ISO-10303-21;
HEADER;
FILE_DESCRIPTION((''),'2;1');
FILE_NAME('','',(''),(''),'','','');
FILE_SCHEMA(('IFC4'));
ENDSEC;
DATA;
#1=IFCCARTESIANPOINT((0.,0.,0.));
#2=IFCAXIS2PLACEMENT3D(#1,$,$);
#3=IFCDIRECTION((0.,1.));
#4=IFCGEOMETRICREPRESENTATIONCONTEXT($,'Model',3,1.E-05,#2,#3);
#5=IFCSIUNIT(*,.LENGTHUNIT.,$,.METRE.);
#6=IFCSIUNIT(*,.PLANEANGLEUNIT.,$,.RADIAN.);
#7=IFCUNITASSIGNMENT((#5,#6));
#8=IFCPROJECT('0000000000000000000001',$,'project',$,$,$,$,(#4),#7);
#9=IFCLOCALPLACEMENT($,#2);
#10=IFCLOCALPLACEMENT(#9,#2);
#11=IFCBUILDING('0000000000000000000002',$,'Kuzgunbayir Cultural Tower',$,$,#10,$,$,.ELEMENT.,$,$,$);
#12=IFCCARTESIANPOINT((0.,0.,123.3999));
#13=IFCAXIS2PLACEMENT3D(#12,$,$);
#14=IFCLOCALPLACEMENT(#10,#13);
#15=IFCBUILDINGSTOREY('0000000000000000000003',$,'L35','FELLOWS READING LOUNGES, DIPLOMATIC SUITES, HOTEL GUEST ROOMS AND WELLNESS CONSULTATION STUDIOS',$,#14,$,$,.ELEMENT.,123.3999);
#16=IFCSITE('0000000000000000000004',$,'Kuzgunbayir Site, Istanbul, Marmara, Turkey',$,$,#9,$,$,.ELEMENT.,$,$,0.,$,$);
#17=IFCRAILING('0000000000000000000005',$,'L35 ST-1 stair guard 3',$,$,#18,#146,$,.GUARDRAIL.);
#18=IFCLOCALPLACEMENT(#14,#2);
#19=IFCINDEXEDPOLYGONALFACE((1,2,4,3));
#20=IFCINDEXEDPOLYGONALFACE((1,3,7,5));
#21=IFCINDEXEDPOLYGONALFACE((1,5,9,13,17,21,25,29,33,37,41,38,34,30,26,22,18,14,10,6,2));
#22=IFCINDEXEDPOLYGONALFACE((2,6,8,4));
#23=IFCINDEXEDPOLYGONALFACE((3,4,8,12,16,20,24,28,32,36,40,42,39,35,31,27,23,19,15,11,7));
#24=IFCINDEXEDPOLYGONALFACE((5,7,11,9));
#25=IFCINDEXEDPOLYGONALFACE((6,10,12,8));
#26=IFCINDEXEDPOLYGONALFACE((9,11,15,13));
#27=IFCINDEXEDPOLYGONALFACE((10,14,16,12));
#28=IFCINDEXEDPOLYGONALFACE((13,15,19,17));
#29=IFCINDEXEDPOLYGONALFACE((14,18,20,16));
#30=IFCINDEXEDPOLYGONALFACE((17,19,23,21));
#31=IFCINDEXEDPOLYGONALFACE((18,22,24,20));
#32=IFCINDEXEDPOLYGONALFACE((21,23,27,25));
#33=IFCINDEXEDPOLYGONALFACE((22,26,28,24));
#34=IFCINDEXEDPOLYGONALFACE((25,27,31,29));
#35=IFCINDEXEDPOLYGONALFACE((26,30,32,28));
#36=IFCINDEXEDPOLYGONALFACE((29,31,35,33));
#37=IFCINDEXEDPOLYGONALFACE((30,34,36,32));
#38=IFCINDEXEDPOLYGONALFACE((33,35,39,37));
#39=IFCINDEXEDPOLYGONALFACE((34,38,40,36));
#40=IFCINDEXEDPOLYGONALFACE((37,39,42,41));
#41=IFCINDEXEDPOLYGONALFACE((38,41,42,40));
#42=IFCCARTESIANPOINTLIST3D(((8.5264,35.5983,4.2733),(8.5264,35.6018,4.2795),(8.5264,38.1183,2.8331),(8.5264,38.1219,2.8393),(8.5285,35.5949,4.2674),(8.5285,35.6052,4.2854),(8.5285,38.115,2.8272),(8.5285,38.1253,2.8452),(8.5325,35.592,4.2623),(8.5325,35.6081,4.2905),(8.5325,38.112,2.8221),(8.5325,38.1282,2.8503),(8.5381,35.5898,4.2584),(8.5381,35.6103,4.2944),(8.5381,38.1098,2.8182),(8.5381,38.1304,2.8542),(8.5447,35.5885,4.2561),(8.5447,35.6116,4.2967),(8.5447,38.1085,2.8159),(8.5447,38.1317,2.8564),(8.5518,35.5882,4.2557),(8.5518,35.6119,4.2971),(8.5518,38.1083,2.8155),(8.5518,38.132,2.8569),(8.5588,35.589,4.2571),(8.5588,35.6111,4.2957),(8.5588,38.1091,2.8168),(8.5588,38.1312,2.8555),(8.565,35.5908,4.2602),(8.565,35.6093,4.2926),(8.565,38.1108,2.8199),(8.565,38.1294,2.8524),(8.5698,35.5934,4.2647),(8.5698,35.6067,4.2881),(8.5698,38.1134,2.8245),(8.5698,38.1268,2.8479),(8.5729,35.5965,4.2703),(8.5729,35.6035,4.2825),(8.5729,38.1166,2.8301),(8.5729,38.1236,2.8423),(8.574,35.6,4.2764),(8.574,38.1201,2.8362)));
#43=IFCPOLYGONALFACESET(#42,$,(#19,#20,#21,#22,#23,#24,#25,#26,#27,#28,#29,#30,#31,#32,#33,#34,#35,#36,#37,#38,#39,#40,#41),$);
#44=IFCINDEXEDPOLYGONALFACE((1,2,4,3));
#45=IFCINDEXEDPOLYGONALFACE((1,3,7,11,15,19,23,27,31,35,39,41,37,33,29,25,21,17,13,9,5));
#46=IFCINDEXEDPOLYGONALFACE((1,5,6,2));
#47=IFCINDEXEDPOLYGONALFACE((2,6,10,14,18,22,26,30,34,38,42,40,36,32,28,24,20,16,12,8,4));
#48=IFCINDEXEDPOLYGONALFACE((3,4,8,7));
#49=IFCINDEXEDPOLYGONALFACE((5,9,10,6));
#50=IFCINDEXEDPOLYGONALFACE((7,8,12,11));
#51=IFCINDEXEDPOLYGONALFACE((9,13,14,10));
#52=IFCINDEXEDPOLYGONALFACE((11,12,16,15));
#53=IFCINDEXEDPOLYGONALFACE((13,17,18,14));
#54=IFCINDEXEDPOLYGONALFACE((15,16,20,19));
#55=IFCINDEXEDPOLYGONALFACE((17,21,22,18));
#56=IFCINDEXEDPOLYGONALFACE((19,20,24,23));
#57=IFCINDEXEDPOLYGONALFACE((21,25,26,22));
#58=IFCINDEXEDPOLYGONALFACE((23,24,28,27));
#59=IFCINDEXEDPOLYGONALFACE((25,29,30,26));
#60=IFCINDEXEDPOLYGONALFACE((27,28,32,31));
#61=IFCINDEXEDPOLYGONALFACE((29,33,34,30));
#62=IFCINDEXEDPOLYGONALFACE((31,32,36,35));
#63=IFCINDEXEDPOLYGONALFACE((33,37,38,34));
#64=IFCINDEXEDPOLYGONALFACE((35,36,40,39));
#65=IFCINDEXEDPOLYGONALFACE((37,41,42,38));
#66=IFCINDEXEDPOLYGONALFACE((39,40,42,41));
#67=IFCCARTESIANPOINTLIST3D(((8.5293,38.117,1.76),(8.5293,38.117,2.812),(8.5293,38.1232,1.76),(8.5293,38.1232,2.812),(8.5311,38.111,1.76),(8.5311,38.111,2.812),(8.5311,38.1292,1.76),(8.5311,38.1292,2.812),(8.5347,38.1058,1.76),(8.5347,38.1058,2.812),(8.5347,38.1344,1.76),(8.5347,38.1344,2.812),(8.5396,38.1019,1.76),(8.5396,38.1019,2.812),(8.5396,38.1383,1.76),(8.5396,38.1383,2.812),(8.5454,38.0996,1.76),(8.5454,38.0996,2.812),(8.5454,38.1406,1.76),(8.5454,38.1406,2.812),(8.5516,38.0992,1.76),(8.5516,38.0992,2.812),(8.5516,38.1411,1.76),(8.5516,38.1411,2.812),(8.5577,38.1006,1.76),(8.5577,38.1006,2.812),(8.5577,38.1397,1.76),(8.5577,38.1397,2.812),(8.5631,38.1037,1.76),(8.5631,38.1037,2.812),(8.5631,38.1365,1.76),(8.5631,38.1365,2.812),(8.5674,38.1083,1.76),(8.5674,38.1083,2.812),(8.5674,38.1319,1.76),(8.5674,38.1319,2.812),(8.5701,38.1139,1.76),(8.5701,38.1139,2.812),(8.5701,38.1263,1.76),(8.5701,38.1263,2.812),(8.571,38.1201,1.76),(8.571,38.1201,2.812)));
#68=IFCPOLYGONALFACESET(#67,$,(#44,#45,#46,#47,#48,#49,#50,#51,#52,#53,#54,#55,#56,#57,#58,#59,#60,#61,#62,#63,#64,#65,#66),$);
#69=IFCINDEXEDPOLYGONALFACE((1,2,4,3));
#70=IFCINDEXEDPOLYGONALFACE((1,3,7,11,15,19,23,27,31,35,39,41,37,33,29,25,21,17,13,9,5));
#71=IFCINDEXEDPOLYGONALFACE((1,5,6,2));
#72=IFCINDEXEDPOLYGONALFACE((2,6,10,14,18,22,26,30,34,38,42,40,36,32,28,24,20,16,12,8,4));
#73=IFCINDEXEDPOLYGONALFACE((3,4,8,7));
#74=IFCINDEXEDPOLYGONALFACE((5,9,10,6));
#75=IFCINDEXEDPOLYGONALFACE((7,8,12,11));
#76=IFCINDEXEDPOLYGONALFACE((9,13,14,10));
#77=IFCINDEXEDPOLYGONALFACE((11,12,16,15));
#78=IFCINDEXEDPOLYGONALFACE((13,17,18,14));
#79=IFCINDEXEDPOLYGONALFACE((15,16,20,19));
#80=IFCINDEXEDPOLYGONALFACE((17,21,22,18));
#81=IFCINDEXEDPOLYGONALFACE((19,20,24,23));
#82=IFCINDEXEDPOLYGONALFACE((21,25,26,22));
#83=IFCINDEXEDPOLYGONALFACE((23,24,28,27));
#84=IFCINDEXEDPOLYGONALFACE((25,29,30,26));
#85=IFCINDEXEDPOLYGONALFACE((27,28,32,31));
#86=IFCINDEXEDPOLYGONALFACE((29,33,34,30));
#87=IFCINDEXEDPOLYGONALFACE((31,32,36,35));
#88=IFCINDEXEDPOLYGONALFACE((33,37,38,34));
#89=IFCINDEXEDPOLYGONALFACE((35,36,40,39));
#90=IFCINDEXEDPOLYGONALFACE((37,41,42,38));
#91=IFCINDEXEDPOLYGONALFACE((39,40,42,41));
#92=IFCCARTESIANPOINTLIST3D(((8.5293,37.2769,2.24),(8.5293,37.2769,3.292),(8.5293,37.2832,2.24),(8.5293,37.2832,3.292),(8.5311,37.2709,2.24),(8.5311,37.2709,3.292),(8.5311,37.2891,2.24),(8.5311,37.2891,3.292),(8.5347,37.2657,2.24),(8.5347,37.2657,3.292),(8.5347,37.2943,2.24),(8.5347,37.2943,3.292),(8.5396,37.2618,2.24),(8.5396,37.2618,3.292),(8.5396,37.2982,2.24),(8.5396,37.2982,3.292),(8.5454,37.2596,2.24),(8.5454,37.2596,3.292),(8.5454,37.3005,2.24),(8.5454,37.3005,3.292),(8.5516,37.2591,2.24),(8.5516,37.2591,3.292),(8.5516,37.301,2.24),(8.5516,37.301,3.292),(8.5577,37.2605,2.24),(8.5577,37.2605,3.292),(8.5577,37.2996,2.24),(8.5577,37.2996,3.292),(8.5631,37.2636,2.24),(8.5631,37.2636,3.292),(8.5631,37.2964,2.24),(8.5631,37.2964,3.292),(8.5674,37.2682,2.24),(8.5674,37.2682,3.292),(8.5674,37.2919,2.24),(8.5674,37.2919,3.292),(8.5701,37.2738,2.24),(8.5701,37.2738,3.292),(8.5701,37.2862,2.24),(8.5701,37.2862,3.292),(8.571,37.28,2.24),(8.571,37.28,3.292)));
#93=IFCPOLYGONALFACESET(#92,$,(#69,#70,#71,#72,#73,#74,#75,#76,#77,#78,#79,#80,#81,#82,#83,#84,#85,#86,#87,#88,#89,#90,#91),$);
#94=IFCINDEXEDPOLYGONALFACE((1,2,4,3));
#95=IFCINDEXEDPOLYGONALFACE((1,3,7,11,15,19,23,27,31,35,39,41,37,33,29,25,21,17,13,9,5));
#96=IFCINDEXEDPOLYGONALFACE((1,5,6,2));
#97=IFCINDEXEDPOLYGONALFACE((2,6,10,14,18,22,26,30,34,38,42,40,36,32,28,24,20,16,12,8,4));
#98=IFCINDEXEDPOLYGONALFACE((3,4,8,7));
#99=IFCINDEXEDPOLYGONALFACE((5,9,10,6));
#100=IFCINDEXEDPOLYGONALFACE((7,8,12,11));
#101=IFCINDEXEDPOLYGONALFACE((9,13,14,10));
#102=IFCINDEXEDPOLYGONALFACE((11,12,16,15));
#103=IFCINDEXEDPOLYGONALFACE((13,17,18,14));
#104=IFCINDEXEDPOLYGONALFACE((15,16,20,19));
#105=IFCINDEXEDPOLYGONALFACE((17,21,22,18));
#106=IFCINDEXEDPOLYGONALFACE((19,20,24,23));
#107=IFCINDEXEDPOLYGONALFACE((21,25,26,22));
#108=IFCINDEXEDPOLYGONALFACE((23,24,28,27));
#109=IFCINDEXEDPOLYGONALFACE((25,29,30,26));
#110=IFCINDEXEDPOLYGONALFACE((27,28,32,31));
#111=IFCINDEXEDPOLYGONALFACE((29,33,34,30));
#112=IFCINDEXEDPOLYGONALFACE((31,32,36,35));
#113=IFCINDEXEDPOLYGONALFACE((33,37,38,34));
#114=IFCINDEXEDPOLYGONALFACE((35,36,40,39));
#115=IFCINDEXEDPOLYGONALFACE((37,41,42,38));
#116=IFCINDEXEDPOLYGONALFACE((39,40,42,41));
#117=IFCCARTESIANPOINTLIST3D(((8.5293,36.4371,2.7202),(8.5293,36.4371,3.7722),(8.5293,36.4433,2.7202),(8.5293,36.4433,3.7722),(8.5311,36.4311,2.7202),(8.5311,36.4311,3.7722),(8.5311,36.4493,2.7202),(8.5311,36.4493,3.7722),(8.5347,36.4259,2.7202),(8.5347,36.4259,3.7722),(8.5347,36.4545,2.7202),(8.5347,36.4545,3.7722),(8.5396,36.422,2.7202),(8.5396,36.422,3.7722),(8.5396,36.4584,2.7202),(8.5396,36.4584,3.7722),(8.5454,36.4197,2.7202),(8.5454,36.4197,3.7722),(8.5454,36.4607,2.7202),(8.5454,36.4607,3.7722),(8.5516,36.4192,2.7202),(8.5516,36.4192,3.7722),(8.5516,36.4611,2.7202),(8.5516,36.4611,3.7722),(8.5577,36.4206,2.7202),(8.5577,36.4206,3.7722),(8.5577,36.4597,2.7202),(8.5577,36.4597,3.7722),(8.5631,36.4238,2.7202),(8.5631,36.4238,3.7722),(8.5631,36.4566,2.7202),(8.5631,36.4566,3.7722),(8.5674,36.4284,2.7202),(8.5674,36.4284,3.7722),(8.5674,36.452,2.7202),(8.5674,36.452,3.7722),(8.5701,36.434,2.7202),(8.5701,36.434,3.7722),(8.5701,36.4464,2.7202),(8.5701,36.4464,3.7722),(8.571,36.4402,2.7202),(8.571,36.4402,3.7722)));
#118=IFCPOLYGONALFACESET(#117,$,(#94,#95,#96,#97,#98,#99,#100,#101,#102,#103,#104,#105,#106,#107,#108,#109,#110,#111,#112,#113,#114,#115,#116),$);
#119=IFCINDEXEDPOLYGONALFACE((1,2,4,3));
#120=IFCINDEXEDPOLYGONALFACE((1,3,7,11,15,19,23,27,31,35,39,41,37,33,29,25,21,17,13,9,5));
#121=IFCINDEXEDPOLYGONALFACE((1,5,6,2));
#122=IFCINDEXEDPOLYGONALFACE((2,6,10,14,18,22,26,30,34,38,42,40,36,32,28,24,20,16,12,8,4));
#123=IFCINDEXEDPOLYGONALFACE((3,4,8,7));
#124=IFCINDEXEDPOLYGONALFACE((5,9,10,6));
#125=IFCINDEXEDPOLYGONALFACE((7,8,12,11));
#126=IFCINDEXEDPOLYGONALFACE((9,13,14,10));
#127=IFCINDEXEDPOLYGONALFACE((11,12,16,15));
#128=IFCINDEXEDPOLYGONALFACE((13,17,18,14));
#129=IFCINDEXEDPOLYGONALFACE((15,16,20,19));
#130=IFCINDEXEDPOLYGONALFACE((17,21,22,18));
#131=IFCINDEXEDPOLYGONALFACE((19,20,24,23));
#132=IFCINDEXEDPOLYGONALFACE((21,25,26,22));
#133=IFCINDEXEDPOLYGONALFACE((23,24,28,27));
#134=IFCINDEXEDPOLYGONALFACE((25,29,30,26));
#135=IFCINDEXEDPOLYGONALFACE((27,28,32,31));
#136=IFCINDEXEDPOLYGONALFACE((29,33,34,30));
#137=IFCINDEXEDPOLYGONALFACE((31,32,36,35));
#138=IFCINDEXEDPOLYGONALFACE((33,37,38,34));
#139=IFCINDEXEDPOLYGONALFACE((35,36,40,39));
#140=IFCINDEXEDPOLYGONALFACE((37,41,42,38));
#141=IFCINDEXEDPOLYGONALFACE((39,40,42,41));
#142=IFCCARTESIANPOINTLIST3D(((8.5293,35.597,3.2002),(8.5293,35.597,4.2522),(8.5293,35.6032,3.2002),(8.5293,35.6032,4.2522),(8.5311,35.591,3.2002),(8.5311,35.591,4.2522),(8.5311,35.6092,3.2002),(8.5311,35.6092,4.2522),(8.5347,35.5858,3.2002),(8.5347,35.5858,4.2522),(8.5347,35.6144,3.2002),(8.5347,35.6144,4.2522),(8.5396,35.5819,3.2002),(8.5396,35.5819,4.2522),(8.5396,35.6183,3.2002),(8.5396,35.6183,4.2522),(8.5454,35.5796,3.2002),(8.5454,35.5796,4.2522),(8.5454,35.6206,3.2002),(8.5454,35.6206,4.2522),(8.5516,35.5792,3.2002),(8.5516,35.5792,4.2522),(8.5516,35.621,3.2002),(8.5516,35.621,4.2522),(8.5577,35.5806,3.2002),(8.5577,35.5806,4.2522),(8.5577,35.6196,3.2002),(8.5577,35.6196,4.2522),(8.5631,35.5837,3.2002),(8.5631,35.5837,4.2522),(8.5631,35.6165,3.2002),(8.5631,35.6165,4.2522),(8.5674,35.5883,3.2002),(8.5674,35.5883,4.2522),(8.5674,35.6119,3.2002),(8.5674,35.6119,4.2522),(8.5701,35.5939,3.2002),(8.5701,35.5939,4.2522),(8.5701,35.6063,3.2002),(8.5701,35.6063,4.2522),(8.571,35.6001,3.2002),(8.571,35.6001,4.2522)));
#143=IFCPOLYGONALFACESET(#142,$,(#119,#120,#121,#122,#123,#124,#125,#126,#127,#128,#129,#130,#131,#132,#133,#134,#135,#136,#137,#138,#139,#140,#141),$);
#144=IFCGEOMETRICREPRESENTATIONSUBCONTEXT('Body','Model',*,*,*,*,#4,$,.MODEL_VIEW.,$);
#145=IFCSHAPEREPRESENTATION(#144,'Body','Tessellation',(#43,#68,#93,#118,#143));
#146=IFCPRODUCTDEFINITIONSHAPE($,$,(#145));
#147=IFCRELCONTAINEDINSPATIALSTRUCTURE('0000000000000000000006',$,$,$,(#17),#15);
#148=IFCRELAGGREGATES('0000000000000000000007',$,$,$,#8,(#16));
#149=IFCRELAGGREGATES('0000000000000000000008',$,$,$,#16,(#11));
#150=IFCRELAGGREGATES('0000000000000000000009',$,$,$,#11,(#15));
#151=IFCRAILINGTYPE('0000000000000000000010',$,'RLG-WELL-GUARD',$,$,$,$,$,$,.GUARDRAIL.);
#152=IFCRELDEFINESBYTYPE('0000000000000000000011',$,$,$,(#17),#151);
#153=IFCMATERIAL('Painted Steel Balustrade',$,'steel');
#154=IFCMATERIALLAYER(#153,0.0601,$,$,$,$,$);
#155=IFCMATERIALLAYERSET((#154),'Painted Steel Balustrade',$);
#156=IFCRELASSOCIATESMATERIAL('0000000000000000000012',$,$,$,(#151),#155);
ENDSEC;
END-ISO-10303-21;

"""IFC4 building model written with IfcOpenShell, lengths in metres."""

from ifc_helpers import new_model, si_unit, direction, frame, origin, origin_2d, place, context, subcontext, project, spatial, circle, extrude, material, layer, layer_set, type_object, element, save


model = new_model("IFC4")

# Units and contexts
model_context = context("Model", 3, precision=1e-05, world=origin(), true_north=direction((0.0, 1.0)))
body_context = subcontext(model_context, "Body", "Model", "MODEL_VIEW")
ifc_project = project(units=[si_unit("LENGTHUNIT", "METRE"), si_unit("PLANEANGLEUNIT", "RADIAN")], contexts=[model_context])

# Site, building, storey
site_placement = place(None, origin())
site = spatial("IfcSite", under=ifc_project, at=site_placement, Name="Kuzgunbayir Site, Istanbul, Marmara, Turkey", CompositionType="ELEMENT", RefElevation=0.0)
building_placement = place(site_placement, origin())
building = spatial("IfcBuilding", under=site, at=building_placement, Name="Kuzgunbayir Cultural Tower", CompositionType="ELEMENT")
storey_placement = place(building_placement, frame((0.0, 0.0, 123.3999)))
storey = spatial("IfcBuildingStorey", under=building, at=storey_placement, Name="L35", Description="FELLOWS READING LOUNGES, DIPLOMATIC SUITES, HOTEL GUEST ROOMS AND WELLNESS CONSULTATION STUDIOS", CompositionType="ELEMENT", Elevation=123.3999)

# Railing
ifc_material_1 = material(Name="Painted Steel Balustrade", Category="steel")
ifc_layer_1 = layer(ifc_material_1, 0.0601)
ifc_layer_set_1 = layer_set([ifc_layer_1], Name="Painted Steel Balustrade")
railing_type_1 = type_object("IfcRailingType", Name="RLG-WELL-GUARD", PredefinedType="GUARDRAIL", material=ifc_layer_set_1)
railing_1_placement = place(storey_placement, frame((8.55, 38.1201, 1.76)))
element("IfcRailing", 1, at=railing_1_placement, inside=storey, type_object=railing_type_1, Name="L35 ST-1 stair guard 3", PredefinedType="GUARDRAIL", context=body_context, shape_type="SweptSolid", body=[
    extrude(circle(Radius=0.0239, at=origin_2d()), frame((0.0, 0.0, 1.0762), z_axis=(0.0, -0.868217, 0.496184), x_axis=(1.0, 0.0, 0.0)), (0.0, 0.0, 1.0), 2.9026),
    extrude(circle(Radius=0.021, at=origin_2d()), origin(), (0.0, 0.0, 1.0), 1.052),
    extrude(circle(Radius=0.021, at=origin_2d()), frame((0.0, -0.8401, 0.48)), (0.0, 0.0, 1.0), 1.052),
    extrude(circle(Radius=0.021, at=origin_2d()), frame((0.0, -1.6799, 0.9602)), (0.0, 0.0, 1.0), 1.052),
    extrude(circle(Radius=0.021, at=origin_2d()), frame((0.0, -2.52, 1.4402)), (0.0, 0.0, 1.0), 1.052),
])

save(model, "model.ifc")
